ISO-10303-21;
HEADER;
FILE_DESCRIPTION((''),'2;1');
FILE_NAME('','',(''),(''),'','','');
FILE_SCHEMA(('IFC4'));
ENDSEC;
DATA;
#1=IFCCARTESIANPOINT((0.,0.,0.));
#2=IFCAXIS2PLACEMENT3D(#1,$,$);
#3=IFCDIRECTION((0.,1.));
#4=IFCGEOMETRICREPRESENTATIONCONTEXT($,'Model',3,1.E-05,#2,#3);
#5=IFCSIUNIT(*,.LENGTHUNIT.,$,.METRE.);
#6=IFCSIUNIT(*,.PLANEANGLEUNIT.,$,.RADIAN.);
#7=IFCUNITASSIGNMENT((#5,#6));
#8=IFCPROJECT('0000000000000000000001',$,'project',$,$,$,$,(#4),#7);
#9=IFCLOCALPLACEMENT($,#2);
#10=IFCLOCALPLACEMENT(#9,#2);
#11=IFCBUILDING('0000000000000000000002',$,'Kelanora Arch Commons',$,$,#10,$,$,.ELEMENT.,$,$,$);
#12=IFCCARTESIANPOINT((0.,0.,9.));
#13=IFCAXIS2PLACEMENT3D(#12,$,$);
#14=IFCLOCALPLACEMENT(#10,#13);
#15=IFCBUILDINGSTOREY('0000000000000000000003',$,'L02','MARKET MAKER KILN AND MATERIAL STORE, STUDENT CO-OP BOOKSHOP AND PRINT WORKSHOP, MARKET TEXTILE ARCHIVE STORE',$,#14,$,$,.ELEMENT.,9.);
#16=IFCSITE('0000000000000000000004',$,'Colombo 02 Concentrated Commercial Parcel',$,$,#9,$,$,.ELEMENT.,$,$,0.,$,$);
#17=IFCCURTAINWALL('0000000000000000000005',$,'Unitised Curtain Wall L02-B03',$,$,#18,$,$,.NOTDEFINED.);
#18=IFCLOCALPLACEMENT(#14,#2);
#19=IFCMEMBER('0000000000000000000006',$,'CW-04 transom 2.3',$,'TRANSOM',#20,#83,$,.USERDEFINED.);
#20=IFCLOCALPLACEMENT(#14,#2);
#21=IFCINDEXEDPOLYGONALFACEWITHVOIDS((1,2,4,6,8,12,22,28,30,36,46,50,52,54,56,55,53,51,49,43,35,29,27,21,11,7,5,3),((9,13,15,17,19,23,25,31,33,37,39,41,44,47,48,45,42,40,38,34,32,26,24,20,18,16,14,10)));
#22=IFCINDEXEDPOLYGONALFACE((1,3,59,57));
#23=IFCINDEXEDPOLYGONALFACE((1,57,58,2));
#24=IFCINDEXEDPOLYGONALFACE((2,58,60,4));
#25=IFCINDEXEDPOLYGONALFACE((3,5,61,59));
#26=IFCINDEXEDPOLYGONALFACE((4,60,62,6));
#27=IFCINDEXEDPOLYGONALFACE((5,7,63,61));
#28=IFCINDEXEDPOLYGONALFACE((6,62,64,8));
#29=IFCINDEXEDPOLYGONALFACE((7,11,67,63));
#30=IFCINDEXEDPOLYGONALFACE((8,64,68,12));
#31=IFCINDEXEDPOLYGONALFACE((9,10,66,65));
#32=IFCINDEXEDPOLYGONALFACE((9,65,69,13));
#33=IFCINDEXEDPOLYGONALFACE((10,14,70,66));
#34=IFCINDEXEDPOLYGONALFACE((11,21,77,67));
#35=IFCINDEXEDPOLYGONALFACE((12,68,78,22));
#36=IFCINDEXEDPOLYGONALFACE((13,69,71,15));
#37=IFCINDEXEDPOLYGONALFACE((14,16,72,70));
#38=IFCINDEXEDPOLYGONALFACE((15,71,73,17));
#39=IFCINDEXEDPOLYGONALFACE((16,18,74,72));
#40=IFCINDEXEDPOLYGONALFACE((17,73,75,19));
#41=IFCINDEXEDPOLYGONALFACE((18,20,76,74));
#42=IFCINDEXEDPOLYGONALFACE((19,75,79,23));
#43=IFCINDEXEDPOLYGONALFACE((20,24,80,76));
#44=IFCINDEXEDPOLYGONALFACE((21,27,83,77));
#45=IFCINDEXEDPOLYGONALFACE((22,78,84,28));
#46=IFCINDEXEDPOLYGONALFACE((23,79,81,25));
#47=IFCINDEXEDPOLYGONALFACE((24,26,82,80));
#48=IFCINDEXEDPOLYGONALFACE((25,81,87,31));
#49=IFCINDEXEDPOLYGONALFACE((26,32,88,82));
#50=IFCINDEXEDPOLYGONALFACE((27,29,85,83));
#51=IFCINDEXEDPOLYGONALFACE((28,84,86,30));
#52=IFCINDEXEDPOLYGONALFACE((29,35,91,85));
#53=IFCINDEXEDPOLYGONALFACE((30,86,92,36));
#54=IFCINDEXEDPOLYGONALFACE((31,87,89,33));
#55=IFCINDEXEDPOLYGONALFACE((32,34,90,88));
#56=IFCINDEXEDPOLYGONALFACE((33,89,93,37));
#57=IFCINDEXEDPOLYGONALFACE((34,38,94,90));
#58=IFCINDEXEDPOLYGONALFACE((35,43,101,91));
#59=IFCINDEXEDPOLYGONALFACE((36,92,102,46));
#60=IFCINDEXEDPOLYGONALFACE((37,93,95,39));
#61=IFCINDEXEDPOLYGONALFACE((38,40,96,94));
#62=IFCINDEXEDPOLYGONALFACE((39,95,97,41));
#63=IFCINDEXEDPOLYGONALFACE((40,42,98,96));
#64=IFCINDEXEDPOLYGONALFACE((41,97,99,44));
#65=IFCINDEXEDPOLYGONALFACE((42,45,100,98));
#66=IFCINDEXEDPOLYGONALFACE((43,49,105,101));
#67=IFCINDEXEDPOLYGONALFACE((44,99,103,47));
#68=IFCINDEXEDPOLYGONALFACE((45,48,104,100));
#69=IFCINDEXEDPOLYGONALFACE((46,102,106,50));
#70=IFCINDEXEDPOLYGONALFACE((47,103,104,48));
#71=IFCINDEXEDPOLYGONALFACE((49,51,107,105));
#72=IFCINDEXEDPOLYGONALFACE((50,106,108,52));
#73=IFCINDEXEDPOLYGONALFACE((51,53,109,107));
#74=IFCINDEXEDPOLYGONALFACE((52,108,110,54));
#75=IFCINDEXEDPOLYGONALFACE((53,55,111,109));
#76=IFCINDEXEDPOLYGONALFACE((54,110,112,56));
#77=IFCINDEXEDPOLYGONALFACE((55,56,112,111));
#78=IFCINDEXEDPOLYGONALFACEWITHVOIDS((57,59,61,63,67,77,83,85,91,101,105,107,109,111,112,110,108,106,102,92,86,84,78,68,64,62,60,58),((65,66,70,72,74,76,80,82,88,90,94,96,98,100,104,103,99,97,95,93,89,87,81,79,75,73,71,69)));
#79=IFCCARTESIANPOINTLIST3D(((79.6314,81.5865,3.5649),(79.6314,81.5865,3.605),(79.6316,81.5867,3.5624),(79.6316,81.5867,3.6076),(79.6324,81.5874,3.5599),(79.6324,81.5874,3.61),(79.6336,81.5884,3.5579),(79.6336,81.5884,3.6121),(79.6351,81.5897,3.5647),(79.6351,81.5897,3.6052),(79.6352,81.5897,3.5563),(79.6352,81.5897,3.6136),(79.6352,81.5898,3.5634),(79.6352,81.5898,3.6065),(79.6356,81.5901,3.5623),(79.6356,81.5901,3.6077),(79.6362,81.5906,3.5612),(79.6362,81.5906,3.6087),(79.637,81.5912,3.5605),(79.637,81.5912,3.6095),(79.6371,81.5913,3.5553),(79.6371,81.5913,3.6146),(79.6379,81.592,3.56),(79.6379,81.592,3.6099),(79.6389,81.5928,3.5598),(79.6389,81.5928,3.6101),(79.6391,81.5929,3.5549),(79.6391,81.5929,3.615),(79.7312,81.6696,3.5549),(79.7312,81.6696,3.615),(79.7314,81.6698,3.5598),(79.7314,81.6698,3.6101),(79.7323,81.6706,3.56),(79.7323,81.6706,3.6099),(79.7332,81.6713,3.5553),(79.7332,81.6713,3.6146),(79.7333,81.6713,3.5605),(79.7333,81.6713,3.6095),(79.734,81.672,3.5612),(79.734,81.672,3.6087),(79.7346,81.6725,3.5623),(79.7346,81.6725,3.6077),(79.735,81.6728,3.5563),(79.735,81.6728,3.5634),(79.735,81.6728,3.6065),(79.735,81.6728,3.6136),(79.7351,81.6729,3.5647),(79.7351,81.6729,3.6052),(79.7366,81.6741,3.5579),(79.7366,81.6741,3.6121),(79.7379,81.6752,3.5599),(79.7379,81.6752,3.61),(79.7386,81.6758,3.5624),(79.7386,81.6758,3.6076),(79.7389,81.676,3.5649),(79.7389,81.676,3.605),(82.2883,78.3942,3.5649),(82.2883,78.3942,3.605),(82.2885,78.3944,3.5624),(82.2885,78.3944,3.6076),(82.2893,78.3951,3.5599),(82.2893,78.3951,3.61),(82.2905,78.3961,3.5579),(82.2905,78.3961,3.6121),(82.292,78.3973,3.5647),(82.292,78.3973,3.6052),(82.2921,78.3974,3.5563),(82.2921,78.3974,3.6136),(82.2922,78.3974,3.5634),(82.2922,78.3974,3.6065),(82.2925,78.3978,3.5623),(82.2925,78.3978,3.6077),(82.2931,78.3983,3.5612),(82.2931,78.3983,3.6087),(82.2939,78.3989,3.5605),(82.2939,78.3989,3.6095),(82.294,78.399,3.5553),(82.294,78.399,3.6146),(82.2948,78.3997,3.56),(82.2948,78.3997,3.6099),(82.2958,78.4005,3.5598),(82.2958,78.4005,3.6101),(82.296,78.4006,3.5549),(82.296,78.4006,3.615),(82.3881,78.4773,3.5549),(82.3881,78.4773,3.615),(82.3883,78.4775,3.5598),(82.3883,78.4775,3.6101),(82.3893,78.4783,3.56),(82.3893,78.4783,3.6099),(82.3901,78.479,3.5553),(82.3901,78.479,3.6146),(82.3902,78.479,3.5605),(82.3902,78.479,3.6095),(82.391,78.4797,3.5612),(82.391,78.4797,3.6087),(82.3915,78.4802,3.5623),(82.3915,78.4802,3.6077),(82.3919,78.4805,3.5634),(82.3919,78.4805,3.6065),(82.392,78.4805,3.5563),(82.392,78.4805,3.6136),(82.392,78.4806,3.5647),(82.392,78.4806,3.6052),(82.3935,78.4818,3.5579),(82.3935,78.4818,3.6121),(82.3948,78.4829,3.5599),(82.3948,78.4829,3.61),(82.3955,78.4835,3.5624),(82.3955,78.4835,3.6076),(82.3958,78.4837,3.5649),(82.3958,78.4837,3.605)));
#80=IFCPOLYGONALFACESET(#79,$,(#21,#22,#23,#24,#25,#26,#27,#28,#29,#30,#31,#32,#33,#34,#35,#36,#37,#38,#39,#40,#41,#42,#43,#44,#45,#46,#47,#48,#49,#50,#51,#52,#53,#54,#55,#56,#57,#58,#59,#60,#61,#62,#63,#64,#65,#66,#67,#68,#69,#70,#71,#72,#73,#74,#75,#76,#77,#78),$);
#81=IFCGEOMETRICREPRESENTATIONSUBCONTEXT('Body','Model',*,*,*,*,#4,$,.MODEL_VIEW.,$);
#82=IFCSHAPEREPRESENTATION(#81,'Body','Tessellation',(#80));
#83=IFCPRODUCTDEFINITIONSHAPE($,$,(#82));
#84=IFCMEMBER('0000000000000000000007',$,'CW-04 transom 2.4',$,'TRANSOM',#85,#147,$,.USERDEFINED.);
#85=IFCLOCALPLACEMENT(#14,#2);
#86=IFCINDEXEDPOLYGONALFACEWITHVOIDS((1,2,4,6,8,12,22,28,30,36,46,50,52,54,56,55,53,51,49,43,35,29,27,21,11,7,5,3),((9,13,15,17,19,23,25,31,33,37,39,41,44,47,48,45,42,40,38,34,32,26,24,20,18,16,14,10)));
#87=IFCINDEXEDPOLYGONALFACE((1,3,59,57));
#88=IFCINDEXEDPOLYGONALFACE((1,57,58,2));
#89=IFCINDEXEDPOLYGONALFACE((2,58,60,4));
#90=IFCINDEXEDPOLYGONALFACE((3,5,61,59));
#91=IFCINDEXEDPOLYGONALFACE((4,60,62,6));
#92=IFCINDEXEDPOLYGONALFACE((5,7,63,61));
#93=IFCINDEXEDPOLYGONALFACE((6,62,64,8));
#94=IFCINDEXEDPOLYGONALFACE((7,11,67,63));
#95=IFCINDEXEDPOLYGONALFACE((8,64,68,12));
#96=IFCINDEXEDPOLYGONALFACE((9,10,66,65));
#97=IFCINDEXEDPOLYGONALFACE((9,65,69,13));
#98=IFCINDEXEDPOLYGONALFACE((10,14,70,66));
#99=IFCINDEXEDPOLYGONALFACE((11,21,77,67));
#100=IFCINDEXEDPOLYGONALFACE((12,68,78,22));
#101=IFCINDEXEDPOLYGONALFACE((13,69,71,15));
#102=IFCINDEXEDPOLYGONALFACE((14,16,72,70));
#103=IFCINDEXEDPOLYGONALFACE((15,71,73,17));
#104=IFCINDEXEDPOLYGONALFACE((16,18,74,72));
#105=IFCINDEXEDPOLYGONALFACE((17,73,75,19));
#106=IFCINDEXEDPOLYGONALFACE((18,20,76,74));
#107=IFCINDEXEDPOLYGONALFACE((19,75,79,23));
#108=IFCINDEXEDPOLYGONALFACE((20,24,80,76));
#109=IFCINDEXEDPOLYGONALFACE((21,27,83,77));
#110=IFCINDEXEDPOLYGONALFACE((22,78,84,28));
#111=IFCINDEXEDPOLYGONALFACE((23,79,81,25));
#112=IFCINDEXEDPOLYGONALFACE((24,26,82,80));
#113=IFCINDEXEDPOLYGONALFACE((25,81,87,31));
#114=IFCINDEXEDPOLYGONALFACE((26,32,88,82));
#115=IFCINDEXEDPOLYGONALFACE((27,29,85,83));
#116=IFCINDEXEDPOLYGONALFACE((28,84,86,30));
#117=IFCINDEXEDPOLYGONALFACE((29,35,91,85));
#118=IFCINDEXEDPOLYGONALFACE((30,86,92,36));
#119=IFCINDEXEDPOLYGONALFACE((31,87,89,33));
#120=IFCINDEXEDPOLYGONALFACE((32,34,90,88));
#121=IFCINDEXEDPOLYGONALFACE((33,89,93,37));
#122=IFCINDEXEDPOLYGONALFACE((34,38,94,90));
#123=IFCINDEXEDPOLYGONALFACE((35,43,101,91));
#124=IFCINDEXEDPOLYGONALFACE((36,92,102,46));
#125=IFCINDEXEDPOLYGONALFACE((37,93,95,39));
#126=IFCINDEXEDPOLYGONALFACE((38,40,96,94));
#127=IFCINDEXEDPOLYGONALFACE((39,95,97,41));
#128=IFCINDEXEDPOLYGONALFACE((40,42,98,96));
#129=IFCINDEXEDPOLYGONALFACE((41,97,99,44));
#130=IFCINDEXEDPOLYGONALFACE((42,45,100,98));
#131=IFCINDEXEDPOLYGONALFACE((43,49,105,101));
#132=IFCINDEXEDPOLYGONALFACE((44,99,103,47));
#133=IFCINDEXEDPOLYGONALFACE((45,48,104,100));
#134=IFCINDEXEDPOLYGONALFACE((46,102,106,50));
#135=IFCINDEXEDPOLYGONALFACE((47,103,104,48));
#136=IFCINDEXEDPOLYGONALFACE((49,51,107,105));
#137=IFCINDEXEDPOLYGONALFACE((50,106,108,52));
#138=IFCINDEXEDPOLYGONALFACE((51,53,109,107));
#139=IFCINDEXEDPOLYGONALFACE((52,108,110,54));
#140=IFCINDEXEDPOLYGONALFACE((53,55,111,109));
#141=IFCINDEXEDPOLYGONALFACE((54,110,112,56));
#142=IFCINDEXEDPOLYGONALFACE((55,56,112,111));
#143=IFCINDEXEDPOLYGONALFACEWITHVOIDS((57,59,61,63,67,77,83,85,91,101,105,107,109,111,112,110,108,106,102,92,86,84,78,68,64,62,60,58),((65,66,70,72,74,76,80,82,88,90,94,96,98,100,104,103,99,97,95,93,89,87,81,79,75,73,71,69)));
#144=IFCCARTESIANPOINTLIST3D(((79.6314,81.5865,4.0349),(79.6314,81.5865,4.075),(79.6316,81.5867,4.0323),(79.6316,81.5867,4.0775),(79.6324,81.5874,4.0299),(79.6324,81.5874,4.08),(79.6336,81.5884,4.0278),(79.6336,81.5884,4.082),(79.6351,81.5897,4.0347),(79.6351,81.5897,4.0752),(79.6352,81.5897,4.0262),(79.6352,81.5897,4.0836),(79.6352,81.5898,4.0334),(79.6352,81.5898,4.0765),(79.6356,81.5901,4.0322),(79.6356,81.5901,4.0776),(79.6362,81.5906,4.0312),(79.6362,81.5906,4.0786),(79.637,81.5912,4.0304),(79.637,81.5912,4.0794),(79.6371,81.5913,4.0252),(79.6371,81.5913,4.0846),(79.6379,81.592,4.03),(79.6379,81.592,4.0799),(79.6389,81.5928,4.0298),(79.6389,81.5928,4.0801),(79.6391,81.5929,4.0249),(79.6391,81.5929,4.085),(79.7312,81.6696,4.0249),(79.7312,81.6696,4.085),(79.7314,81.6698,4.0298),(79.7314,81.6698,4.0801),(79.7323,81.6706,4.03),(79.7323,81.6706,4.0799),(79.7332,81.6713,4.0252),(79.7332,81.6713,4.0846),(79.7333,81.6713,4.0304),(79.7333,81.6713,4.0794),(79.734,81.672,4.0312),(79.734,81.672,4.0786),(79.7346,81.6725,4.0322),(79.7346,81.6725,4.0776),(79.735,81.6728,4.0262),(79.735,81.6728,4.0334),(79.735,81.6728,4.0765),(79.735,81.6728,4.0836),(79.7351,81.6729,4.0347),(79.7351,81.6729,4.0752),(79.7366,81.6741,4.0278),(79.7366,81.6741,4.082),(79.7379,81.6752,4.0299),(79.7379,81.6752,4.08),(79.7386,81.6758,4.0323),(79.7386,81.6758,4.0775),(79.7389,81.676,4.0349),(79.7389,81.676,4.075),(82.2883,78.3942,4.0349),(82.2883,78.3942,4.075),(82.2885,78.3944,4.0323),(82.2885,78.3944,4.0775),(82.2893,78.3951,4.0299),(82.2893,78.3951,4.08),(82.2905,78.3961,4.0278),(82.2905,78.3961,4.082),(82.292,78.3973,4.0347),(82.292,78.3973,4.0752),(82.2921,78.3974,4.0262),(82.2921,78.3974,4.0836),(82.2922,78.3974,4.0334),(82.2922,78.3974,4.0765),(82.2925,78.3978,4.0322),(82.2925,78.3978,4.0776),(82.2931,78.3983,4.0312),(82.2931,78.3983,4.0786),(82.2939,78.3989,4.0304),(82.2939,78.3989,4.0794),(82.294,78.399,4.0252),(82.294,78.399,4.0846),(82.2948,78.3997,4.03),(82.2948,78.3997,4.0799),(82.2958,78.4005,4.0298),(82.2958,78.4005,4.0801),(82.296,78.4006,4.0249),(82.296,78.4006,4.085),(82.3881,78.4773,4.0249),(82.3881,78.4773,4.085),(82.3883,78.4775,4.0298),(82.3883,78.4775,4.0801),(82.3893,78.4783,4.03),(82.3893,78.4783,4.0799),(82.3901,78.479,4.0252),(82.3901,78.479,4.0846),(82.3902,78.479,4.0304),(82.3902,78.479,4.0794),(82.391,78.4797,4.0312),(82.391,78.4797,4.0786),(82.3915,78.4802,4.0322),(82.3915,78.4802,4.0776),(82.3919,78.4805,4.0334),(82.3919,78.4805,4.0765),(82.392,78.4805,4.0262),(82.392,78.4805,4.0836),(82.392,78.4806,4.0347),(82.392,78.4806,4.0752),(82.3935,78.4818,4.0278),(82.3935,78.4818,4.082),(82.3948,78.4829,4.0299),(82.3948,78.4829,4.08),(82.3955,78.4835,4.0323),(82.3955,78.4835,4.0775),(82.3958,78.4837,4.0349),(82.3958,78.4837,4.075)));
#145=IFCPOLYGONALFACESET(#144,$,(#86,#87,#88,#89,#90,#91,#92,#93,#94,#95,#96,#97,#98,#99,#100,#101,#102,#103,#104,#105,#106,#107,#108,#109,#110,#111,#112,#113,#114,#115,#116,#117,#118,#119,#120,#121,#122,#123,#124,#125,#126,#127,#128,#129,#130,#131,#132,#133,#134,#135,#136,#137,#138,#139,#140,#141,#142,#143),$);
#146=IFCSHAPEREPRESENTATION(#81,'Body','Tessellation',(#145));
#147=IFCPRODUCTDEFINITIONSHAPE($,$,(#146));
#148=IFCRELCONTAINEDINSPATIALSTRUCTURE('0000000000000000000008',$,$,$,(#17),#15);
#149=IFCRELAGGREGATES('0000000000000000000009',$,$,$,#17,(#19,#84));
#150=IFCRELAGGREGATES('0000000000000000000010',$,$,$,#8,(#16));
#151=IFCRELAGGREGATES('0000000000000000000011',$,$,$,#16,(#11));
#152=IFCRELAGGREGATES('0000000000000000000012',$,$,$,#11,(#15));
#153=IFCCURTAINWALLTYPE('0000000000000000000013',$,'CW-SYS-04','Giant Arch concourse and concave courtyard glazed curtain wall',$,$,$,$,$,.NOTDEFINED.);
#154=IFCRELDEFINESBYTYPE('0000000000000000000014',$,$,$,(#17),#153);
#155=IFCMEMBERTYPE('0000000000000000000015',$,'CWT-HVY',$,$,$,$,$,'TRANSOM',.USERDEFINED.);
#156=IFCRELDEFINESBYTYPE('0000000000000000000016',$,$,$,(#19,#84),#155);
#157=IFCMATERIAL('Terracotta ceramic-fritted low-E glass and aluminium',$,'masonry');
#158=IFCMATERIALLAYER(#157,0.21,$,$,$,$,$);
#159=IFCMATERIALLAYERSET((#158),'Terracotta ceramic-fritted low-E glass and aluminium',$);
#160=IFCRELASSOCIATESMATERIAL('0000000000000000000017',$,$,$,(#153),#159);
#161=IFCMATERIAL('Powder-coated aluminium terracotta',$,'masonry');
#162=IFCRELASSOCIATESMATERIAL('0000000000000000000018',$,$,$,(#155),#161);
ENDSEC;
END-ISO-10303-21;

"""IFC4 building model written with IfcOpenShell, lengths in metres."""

from ifc_helpers import new_model, si_unit, direction, frame, origin, origin_2d, place, context, subcontext, project, spatial, hollow_rectangle, extrude, material, layer, layer_set, material_profile, profile_set, type_object, element, aggregate, save


model = new_model("IFC4")

# Units and contexts
model_context = context("Model", 3, precision=1e-05, world=origin(), true_north=direction((0.0, 1.0)))
body_context = subcontext(model_context, "Body", "Model", "MODEL_VIEW")
ifc_project = project(units=[si_unit("LENGTHUNIT", "METRE"), si_unit("PLANEANGLEUNIT", "RADIAN")], contexts=[model_context])

# Site, building, storey
site_placement = place(None, origin())
site = spatial("IfcSite", under=ifc_project, at=site_placement, Name="Colombo 02 Concentrated Commercial Parcel", CompositionType="ELEMENT", RefElevation=0.0)
building_placement = place(site_placement, origin())
building = spatial("IfcBuilding", under=site, at=building_placement, Name="Kelanora Arch Commons", CompositionType="ELEMENT")
storey_placement = place(building_placement, frame((0.0, 0.0, 9.0)))
storey = spatial("IfcBuildingStorey", under=building, at=storey_placement, Name="L02", Description="MARKET MAKER KILN AND MATERIAL STORE, STUDENT CO-OP BOOKSHOP AND PRINT WORKSHOP, MARKET TEXTILE ARCHIVE STORE", CompositionType="ELEMENT", Elevation=9.0)

# Curtain wall
ifc_material_1 = material(Name="Terracotta ceramic-fritted low-E glass and aluminium", Category="masonry")
ifc_layer_1 = layer(ifc_material_1, 0.21)
ifc_layer_set_1 = layer_set([ifc_layer_1], Name="Terracotta ceramic-fritted low-E glass and aluminium")
curtain_wall_type = type_object("IfcCurtainWallType", Name="CW-SYS-04", Description="Giant Arch concourse and concave courtyard glazed curtain wall", PredefinedType="NOTDEFINED", material=ifc_layer_set_1)
ifc_material_2 = material(Name="Powder-coated aluminium terracotta", Category="masonry")
curtain_wall_1_placement = place(storey_placement, origin())
curtain_wall_1 = element("IfcCurtainWall", 1, at=curtain_wall_1_placement, inside=storey, type_object=curtain_wall_type, Name="Unitised Curtain Wall L02-B03", PredefinedType="NOTDEFINED")

# Members
ifc_material_profile_1 = material_profile(ifc_material_2, hollow_rectangle(XDim=0.1399, YDim=0.0601, WallThickness=0.0049, InnerFilletRadius=0.0049, OuterFilletRadius=0.01, at=origin_2d()), Name="CWT140x60")
ifc_profile_set_1 = profile_set([ifc_material_profile_1], Name="Powder-coated aluminium terracotta")
member_type_1 = type_object("IfcMemberType", Name="CWT-HVY", ElementType="TRANSOM", PredefinedType="USERDEFINED", material=ifc_profile_set_1)
member_1_placement = place(storey_placement, frame((82.342, 78.439, 3.585), z_axis=(-0.63971, 0.768616, 0.0), x_axis=(-0.768616, -0.63971, 0.0)))
member_1 = element("IfcMember", 2, at=member_1_placement, type_object=member_type_1, Name="CW-04 transom 2.3", ObjectType="TRANSOM", PredefinedType="USERDEFINED", context=body_context, shape_type="SweptSolid", body=[
    extrude(hollow_rectangle(XDim=0.1399, YDim=0.0601, WallThickness=0.0049, InnerFilletRadius=0.0049, OuterFilletRadius=0.01, at=origin_2d()), origin(), (0.0, 0.0, 1.0), 4.1533),
])
member_2_placement = place(storey_placement, frame((82.342, 78.439, 4.0549), z_axis=(-0.63971, 0.768616, 0.0), x_axis=(-0.768616, -0.63971, 0.0)))
member_2 = element("IfcMember", 3, at=member_2_placement, type_object=member_type_1, Name="CW-04 transom 2.4", ObjectType="TRANSOM", PredefinedType="USERDEFINED", context=body_context, shape_type="SweptSolid", body=[
    extrude(hollow_rectangle(XDim=0.1399, YDim=0.0601, WallThickness=0.0049, InnerFilletRadius=0.0049, OuterFilletRadius=0.01, at=origin_2d()), origin(), (0.0, 0.0, 1.0), 4.1533),
])

aggregate(curtain_wall_1, [member_1, member_2])

save(model, "model.ifc")
